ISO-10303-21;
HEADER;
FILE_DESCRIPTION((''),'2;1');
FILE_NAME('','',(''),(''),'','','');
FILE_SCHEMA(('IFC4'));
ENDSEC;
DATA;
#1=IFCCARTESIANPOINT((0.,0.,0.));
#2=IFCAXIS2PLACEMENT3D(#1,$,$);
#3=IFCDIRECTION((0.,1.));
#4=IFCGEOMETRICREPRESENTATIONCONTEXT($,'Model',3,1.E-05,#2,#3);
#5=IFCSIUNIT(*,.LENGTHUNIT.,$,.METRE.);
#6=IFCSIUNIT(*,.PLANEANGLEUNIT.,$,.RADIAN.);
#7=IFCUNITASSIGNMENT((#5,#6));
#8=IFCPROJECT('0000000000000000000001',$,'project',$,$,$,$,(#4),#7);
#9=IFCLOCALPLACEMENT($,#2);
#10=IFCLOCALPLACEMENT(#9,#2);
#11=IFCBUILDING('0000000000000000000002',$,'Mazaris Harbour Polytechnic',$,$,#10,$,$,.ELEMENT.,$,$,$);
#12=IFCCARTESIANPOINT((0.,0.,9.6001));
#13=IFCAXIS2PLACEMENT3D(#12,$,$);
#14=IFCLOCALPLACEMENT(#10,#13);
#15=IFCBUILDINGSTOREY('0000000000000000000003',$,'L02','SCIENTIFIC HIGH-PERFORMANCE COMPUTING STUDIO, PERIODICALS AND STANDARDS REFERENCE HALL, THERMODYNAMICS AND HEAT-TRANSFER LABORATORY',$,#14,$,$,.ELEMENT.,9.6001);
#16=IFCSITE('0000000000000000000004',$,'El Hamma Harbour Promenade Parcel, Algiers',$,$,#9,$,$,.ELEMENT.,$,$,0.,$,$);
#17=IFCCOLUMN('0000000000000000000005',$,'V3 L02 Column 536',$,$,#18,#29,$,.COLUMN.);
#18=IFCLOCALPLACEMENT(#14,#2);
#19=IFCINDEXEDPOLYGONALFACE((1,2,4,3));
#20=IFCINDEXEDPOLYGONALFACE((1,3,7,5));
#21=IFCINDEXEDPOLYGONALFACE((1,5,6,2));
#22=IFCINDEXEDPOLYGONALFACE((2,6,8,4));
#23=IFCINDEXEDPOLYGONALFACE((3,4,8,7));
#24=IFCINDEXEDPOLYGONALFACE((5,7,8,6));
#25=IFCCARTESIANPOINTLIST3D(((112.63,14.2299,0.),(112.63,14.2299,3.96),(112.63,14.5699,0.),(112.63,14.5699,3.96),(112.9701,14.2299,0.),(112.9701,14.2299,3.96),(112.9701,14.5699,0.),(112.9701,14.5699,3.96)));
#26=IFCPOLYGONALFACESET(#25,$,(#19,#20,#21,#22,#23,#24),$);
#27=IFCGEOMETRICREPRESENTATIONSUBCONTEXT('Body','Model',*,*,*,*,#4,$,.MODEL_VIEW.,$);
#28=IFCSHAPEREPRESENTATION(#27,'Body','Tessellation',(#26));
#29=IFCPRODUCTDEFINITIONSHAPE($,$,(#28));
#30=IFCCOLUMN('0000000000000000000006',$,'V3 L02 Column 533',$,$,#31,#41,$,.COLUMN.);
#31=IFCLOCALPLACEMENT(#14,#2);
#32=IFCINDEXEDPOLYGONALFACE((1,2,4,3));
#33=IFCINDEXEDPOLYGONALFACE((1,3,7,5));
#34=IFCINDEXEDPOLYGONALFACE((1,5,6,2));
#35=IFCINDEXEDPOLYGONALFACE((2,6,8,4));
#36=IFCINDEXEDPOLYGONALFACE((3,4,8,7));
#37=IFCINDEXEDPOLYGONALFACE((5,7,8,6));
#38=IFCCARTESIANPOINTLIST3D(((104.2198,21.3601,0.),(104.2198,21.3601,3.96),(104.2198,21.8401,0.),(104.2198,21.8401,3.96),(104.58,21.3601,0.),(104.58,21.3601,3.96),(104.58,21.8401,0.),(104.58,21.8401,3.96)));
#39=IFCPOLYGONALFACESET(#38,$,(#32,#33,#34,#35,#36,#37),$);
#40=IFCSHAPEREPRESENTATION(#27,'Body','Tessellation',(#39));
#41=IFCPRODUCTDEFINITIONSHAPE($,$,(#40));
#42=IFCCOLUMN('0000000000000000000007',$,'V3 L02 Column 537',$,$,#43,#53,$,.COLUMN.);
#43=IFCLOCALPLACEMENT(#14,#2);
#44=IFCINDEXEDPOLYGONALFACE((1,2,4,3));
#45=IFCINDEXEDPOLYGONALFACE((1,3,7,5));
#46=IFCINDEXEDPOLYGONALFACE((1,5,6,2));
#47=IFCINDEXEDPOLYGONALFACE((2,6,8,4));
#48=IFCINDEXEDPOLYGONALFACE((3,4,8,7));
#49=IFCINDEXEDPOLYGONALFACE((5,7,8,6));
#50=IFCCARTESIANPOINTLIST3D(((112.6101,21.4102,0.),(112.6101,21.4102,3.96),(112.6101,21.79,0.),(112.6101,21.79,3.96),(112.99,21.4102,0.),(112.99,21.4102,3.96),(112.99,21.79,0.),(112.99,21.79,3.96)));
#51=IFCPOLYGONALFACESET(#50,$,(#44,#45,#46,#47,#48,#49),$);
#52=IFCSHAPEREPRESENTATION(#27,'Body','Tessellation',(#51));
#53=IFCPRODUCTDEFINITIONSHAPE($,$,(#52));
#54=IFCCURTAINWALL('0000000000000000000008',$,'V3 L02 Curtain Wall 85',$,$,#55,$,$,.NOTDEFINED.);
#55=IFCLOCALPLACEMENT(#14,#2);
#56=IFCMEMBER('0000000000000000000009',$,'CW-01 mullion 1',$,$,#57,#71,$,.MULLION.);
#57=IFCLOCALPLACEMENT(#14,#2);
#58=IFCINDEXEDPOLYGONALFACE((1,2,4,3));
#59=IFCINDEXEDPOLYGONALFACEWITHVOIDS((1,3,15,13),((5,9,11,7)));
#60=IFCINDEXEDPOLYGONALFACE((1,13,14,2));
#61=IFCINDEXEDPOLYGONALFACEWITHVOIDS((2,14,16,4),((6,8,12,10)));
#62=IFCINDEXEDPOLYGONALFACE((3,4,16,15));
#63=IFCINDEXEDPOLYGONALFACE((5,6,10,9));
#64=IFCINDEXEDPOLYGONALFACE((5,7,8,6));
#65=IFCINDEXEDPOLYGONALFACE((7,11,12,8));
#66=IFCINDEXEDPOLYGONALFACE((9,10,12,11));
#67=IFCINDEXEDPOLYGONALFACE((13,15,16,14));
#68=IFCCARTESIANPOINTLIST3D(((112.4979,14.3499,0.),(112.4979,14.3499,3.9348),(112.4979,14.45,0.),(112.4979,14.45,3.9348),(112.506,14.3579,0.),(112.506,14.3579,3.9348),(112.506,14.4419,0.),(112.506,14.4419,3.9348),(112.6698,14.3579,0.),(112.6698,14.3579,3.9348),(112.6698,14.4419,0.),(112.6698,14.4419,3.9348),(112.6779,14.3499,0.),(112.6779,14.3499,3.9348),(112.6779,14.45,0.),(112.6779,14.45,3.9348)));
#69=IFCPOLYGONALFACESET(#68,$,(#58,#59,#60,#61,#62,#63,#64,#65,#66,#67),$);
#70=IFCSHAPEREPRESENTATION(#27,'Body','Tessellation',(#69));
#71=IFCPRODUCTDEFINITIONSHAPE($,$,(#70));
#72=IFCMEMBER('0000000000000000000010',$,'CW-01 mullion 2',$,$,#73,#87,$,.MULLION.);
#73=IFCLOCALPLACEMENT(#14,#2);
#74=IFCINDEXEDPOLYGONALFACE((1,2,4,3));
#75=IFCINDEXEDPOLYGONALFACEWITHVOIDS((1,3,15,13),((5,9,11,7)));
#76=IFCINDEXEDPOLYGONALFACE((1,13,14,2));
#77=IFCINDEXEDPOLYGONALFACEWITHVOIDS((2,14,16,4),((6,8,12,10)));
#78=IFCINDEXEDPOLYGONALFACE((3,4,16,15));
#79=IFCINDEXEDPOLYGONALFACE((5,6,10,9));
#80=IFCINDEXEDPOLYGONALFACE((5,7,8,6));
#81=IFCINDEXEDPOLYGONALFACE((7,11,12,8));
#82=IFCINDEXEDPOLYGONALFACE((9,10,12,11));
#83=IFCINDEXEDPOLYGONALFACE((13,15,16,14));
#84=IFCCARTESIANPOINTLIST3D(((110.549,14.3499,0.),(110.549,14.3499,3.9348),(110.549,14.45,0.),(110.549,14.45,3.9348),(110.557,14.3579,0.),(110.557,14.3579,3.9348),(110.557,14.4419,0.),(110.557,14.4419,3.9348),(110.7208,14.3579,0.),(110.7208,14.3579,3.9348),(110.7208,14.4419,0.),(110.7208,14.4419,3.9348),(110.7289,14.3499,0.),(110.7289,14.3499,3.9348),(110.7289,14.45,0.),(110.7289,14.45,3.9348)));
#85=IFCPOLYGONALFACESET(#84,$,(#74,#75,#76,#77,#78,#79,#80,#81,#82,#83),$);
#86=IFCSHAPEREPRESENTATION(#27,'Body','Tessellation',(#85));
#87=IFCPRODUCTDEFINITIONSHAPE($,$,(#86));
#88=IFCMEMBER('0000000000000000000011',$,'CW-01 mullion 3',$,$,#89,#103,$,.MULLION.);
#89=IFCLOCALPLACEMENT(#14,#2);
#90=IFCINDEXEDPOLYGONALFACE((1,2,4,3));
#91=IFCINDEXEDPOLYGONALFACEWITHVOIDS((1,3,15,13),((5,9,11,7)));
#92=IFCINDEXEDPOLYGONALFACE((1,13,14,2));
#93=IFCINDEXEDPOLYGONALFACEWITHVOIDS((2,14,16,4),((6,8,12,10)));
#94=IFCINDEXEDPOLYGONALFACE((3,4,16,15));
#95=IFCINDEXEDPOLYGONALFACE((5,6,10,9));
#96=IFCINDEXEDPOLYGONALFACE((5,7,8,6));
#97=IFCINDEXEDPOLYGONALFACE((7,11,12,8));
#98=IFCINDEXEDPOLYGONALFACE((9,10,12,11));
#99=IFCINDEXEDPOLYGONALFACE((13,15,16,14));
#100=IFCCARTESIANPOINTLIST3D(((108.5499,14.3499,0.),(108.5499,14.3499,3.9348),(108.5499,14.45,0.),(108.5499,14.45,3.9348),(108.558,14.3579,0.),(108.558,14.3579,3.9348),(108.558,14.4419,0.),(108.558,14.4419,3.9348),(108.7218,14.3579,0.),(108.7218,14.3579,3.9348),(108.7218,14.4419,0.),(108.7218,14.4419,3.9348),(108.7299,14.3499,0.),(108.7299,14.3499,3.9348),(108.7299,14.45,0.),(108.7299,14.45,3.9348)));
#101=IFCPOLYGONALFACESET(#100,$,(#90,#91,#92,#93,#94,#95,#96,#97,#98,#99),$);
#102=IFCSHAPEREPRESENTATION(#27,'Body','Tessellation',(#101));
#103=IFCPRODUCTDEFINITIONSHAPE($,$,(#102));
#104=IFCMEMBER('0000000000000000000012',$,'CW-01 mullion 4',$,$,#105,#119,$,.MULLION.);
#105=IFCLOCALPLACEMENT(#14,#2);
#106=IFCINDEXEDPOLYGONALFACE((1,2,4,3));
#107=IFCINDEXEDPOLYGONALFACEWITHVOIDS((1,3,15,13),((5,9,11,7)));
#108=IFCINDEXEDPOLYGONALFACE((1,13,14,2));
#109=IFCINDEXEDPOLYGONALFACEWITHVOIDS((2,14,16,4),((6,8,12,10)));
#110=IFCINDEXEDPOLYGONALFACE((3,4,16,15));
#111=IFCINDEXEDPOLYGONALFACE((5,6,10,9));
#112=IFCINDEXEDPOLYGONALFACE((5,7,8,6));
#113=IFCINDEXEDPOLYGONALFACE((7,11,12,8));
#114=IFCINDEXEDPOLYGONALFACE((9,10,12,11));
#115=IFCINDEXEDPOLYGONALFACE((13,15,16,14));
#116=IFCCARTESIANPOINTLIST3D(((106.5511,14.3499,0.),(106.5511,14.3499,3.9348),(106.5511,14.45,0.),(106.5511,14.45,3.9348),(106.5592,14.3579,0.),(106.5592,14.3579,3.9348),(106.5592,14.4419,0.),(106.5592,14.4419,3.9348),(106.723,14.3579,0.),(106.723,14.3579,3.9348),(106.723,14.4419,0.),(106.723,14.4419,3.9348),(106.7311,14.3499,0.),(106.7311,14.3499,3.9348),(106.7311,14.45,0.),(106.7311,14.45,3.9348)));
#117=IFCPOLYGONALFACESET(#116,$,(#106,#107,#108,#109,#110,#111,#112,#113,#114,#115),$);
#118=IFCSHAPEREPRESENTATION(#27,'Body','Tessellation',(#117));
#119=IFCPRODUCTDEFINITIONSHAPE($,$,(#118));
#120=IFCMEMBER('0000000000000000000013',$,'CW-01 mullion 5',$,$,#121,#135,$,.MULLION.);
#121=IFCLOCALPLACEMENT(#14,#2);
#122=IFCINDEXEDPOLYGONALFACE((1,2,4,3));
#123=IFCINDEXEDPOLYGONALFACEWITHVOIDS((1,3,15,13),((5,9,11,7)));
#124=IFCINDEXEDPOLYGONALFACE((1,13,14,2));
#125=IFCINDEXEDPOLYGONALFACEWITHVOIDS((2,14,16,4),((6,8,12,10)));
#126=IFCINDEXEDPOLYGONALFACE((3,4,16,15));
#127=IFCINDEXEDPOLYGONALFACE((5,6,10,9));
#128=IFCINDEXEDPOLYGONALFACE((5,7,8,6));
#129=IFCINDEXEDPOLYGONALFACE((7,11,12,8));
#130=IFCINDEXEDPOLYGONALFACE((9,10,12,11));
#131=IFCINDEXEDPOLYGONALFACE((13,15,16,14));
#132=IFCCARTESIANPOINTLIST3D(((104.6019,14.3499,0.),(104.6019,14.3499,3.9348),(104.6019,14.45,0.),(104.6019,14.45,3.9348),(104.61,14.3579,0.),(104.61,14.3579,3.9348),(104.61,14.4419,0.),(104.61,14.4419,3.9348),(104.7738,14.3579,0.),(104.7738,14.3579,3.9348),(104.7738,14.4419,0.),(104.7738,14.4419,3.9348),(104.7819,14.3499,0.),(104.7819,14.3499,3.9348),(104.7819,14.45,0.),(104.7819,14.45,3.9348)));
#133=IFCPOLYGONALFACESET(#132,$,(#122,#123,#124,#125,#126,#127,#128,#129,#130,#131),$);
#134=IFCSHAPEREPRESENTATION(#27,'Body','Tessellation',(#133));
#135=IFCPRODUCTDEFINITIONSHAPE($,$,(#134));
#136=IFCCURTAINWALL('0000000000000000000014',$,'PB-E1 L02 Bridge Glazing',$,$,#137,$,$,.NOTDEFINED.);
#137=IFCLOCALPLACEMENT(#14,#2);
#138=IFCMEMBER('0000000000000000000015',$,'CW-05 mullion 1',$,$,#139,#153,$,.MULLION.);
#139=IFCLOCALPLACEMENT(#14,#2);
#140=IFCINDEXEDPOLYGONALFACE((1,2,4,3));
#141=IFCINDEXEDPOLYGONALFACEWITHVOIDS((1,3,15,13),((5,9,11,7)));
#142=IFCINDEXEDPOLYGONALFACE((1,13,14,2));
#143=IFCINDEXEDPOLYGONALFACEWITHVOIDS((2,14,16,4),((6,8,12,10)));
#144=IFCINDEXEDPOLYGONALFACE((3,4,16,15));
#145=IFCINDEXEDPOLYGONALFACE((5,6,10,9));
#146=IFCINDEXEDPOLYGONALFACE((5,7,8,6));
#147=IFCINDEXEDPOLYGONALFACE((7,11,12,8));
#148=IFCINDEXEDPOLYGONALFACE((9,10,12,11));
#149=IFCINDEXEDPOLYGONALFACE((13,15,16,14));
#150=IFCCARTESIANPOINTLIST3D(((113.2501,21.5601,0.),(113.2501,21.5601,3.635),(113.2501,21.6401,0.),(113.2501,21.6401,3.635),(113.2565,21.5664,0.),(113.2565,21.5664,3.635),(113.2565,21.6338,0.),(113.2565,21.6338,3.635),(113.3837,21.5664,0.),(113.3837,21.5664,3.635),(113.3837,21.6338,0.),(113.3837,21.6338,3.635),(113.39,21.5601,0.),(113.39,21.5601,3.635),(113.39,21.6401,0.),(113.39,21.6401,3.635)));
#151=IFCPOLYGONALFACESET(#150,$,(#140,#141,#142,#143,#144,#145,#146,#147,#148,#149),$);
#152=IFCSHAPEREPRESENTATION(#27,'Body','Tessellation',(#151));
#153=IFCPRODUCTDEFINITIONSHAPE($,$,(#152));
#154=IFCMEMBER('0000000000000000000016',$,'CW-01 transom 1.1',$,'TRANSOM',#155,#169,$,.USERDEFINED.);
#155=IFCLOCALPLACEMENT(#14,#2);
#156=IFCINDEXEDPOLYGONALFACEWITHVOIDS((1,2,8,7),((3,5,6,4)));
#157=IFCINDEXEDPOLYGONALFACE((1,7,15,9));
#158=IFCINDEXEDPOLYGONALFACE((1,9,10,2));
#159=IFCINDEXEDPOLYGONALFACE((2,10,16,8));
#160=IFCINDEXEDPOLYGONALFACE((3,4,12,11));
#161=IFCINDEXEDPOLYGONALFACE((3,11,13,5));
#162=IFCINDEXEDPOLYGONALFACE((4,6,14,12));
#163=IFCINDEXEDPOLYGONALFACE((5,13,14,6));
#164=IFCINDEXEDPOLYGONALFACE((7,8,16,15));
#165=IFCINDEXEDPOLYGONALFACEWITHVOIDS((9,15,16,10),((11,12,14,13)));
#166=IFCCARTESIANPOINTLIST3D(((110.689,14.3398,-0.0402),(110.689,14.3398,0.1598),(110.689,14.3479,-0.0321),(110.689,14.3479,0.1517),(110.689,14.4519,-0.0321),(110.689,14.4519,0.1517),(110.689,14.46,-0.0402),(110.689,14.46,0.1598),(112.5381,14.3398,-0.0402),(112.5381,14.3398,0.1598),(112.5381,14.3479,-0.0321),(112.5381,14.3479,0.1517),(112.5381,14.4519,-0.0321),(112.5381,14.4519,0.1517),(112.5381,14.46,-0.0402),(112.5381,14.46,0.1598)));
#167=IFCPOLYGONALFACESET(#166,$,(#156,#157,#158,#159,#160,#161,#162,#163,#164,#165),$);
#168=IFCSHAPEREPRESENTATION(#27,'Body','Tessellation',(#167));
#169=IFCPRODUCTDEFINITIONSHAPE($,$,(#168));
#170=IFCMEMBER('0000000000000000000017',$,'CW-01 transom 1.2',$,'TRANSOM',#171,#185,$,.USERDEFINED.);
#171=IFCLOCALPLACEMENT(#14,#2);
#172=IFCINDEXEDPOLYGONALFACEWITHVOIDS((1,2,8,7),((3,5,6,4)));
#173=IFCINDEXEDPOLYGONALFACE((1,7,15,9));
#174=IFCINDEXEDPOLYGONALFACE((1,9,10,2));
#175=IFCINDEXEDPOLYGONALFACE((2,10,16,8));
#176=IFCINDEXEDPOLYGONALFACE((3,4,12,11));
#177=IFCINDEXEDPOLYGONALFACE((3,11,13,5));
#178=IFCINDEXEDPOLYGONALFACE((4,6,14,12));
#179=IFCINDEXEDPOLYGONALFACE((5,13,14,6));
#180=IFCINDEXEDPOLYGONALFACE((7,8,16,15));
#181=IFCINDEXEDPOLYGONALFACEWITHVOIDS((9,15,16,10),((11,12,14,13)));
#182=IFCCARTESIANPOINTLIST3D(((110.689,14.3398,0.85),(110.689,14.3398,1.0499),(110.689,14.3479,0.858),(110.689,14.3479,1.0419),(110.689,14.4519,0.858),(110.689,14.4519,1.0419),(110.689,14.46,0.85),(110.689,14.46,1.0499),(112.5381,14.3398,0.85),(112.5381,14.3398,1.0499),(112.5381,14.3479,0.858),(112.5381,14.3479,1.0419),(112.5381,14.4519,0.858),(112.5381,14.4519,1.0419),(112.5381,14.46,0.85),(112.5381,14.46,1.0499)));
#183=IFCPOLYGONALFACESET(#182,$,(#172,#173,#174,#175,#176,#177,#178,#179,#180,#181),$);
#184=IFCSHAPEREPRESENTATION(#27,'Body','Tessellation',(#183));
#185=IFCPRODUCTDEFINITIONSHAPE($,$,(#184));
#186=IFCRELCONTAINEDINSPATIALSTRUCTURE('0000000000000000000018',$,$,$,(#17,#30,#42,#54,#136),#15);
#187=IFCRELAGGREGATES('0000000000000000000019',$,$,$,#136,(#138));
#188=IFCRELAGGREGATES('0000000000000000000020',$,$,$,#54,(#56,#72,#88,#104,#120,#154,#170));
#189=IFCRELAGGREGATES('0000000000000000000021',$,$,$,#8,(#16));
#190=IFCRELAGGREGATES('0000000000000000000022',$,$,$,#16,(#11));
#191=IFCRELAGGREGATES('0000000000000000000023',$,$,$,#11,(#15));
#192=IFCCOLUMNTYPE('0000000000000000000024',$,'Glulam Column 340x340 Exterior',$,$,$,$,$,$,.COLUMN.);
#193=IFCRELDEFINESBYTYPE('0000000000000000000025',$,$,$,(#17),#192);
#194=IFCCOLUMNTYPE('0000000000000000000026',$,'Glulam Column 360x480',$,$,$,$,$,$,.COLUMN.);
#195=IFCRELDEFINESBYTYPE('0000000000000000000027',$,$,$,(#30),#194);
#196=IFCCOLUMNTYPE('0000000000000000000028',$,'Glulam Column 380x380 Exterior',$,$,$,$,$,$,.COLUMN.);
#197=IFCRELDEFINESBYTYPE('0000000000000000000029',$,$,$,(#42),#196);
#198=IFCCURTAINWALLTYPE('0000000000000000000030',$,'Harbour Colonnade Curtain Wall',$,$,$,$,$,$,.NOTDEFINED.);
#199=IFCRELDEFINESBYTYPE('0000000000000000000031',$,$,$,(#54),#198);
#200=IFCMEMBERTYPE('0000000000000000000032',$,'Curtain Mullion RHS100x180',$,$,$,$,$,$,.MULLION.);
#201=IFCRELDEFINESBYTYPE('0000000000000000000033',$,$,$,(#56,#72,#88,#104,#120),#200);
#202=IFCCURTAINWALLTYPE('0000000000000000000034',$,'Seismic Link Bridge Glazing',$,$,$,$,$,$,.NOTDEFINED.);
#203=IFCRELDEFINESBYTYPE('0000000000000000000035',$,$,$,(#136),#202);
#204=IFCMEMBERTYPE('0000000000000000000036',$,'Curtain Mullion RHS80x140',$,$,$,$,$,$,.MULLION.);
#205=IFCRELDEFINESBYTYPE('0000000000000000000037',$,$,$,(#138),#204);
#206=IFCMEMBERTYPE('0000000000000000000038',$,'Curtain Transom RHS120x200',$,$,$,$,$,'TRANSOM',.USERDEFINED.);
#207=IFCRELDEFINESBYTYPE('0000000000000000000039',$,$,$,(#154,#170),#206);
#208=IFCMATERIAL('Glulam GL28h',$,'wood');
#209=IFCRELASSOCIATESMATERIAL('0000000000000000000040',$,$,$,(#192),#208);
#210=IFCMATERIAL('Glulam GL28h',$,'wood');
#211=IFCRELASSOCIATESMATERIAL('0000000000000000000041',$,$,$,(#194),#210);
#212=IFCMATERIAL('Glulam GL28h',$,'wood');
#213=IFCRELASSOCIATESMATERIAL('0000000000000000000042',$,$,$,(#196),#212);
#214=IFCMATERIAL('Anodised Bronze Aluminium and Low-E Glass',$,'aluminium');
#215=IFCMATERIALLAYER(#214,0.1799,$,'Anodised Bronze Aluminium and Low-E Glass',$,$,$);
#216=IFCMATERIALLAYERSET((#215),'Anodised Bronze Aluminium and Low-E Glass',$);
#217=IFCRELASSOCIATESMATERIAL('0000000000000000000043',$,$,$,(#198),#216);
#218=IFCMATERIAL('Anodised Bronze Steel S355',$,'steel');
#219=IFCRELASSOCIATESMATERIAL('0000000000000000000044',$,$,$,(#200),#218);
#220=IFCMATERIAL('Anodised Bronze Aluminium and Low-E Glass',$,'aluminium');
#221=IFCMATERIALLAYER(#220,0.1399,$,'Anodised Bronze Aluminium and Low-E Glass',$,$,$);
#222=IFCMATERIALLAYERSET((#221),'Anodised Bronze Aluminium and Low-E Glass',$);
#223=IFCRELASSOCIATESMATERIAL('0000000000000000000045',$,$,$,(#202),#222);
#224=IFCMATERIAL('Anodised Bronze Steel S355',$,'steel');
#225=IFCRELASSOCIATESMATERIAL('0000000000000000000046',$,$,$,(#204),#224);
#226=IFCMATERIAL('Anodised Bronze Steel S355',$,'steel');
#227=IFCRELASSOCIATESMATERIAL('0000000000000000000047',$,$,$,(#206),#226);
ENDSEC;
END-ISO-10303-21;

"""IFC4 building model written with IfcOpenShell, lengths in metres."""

from ifc_helpers import new_model, si_unit, direction, frame, origin, origin_2d, place, context, subcontext, project, spatial, rectangle, hollow_rectangle, extrude, material, layer, layer_set, material_profile, profile_set, type_object, element, aggregate, save


model = new_model("IFC4")

# Units and contexts
model_context = context("Model", 3, precision=1e-05, world=origin(), true_north=direction((0.0, 1.0)))
body_context = subcontext(model_context, "Body", "Model", "MODEL_VIEW")
ifc_project = project(units=[si_unit("LENGTHUNIT", "METRE"), si_unit("PLANEANGLEUNIT", "RADIAN")], contexts=[model_context])

# Site, building, storey
site_placement = place(None, origin())
site = spatial("IfcSite", under=ifc_project, at=site_placement, Name="El Hamma Harbour Promenade Parcel, Algiers", CompositionType="ELEMENT", RefElevation=0.0)
building_placement = place(site_placement, origin())
building = spatial("IfcBuilding", under=site, at=building_placement, Name="Mazaris Harbour Polytechnic", CompositionType="ELEMENT")
storey_placement = place(building_placement, frame((0.0, 0.0, 9.6001)))
storey = spatial("IfcBuildingStorey", under=building, at=storey_placement, Name="L02", Description="SCIENTIFIC HIGH-PERFORMANCE COMPUTING STUDIO, PERIODICALS AND STANDARDS REFERENCE HALL, THERMODYNAMICS AND HEAT-TRANSFER LABORATORY", CompositionType="ELEMENT", Elevation=9.6001)

# Columns
ifc_material_1 = material(Name="Glulam GL28h", Category="wood")
ifc_material_profile_1 = material_profile(ifc_material_1, rectangle(XDim=0.3401, YDim=0.3401, at=origin_2d()), Name="RECT340x340")
ifc_profile_set_1 = profile_set([ifc_material_profile_1], Name="Glulam GL28h")
column_type_1 = type_object("IfcColumnType", Name="Glulam Column 340x340 Exterior", PredefinedType="COLUMN", material=ifc_profile_set_1)
column_1_placement = place(storey_placement, frame((112.8, 14.3999, 0.0), z_axis=(0.0, 0.0, 1.0), x_axis=(1.0, 0.0, 0.0)))
element("IfcColumn", 1, at=column_1_placement, inside=storey, type_object=column_type_1, Name="V3 L02 Column 536", PredefinedType="COLUMN", context=body_context, shape_type="SweptSolid", body=[
    extrude(rectangle(XDim=0.3401, YDim=0.3401, at=origin_2d()), origin(), (0.0, 0.0, 1.0), 3.96),
])
ifc_material_2 = material(Name="Glulam GL28h", Category="wood")
ifc_material_profile_2 = material_profile(ifc_material_2, rectangle(XDim=0.3601, YDim=0.48, at=origin_2d()), Name="RECT360x480")
ifc_profile_set_2 = profile_set([ifc_material_profile_2], Name="Glulam GL28h")
column_type_2 = type_object("IfcColumnType", Name="Glulam Column 360x480", PredefinedType="COLUMN", material=ifc_profile_set_2)
column_2_placement = place(storey_placement, frame((104.3999, 21.6001, 0.0), z_axis=(0.0, 0.0, 1.0), x_axis=(1.0, 0.0, 0.0)))
element("IfcColumn", 2, at=column_2_placement, inside=storey, type_object=column_type_2, Name="V3 L02 Column 533", PredefinedType="COLUMN", context=body_context, shape_type="SweptSolid", body=[
    extrude(rectangle(XDim=0.3601, YDim=0.48, at=origin_2d()), origin(), (0.0, 0.0, 1.0), 3.96),
])
ifc_material_3 = material(Name="Glulam GL28h", Category="wood")
ifc_material_profile_3 = material_profile(ifc_material_3, rectangle(XDim=0.3799, YDim=0.3799, at=origin_2d()), Name="RECT380x380")
ifc_profile_set_3 = profile_set([ifc_material_profile_3], Name="Glulam GL28h")
column_type_3 = type_object("IfcColumnType", Name="Glulam Column 380x380 Exterior", PredefinedType="COLUMN", material=ifc_profile_set_3)
column_3_placement = place(storey_placement, frame((112.8, 21.6001, 0.0), z_axis=(0.0, 0.0, 1.0), x_axis=(1.0, 0.0, 0.0)))
element("IfcColumn", 3, at=column_3_placement, inside=storey, type_object=column_type_3, Name="V3 L02 Column 537", PredefinedType="COLUMN", context=body_context, shape_type="SweptSolid", body=[
    extrude(rectangle(XDim=0.3799, YDim=0.3799, at=origin_2d()), origin(), (0.0, 0.0, 1.0), 3.96),
])

# Curtain wall, members
ifc_material_4 = material(Name="Anodised Bronze Aluminium and Low-E Glass", Category="aluminium")
ifc_layer_1 = layer(ifc_material_4, 0.1799, Name="Anodised Bronze Aluminium and Low-E Glass")
ifc_layer_set_1 = layer_set([ifc_layer_1], Name="Anodised Bronze Aluminium and Low-E Glass")
curtain_wall_type_1 = type_object("IfcCurtainWallType", Name="Harbour Colonnade Curtain Wall", PredefinedType="NOTDEFINED", material=ifc_layer_set_1)
curtain_wall_1_placement = place(storey_placement, origin())
curtain_wall_1 = element("IfcCurtainWall", 4, at=curtain_wall_1_placement, inside=storey, type_object=curtain_wall_type_1, Name="V3 L02 Curtain Wall 85", PredefinedType="NOTDEFINED")
ifc_material_5 = material(Name="Anodised Bronze Steel S355", Category="steel")
ifc_material_profile_4 = material_profile(ifc_material_5, hollow_rectangle(XDim=0.1001, YDim=0.1799, WallThickness=0.0081, at=origin_2d()), Name="RHS 100x180x8.0")
ifc_profile_set_4 = profile_set([ifc_material_profile_4], Name="Anodised Bronze Steel S355")
member_type_1 = type_object("IfcMemberType", Name="Curtain Mullion RHS100x180", PredefinedType="MULLION", material=ifc_profile_set_4)
member_1_placement = place(storey_placement, frame((112.5879, 14.3999, 0.0), z_axis=(0.0, 0.0, 1.0), x_axis=(0.0, -1.0, 0.0)))
member_1 = element("IfcMember", 5, at=member_1_placement, type_object=member_type_1, Name="CW-01 mullion 1", PredefinedType="MULLION", context=body_context, shape_type="SweptSolid", body=[
    extrude(hollow_rectangle(XDim=0.1001, YDim=0.1799, WallThickness=0.0081, at=origin_2d()), origin(), (0.0, 0.0, 1.0), 3.9348),
])
member_2_placement = place(storey_placement, frame((110.6389, 14.3999, 0.0), z_axis=(0.0, 0.0, 1.0), x_axis=(0.0, -1.0, 0.0)))
member_2 = element("IfcMember", 6, at=member_2_placement, type_object=member_type_1, Name="CW-01 mullion 2", PredefinedType="MULLION", context=body_context, shape_type="SweptSolid", body=[
    extrude(hollow_rectangle(XDim=0.1001, YDim=0.1799, WallThickness=0.0081, at=origin_2d()), origin(), (0.0, 0.0, 1.0), 3.9348),
])
member_3_placement = place(storey_placement, frame((108.6399, 14.3999, 0.0), z_axis=(0.0, 0.0, 1.0), x_axis=(0.0, -1.0, 0.0)))
member_3 = element("IfcMember", 7, at=member_3_placement, type_object=member_type_1, Name="CW-01 mullion 3", PredefinedType="MULLION", context=body_context, shape_type="SweptSolid", body=[
    extrude(hollow_rectangle(XDim=0.1001, YDim=0.1799, WallThickness=0.0081, at=origin_2d()), origin(), (0.0, 0.0, 1.0), 3.9348),
])
member_4_placement = place(storey_placement, frame((106.6411, 14.3999, 0.0), z_axis=(0.0, 0.0, 1.0), x_axis=(0.0, -1.0, 0.0)))
member_4 = element("IfcMember", 8, at=member_4_placement, type_object=member_type_1, Name="CW-01 mullion 4", PredefinedType="MULLION", context=body_context, shape_type="SweptSolid", body=[
    extrude(hollow_rectangle(XDim=0.1001, YDim=0.1799, WallThickness=0.0081, at=origin_2d()), origin(), (0.0, 0.0, 1.0), 3.9348),
])
member_5_placement = place(storey_placement, frame((104.6919, 14.3999, 0.0), z_axis=(0.0, 0.0, 1.0), x_axis=(0.0, -1.0, 0.0)))
member_5 = element("IfcMember", 9, at=member_5_placement, type_object=member_type_1, Name="CW-01 mullion 5", PredefinedType="MULLION", context=body_context, shape_type="SweptSolid", body=[
    extrude(hollow_rectangle(XDim=0.1001, YDim=0.1799, WallThickness=0.0081, at=origin_2d()), origin(), (0.0, 0.0, 1.0), 3.9348),
])

# Curtain wall, member
ifc_material_6 = material(Name="Anodised Bronze Aluminium and Low-E Glass", Category="aluminium")
ifc_layer_2 = layer(ifc_material_6, 0.1399, Name="Anodised Bronze Aluminium and Low-E Glass")
ifc_layer_set_2 = layer_set([ifc_layer_2], Name="Anodised Bronze Aluminium and Low-E Glass")
curtain_wall_type_2 = type_object("IfcCurtainWallType", Name="Seismic Link Bridge Glazing", PredefinedType="NOTDEFINED", material=ifc_layer_set_2)
curtain_wall_2_placement = place(storey_placement, origin())
curtain_wall_2 = element("IfcCurtainWall", 10, at=curtain_wall_2_placement, inside=storey, type_object=curtain_wall_type_2, Name="PB-E1 L02 Bridge Glazing", PredefinedType="NOTDEFINED")
ifc_material_7 = material(Name="Anodised Bronze Steel S355", Category="steel")
ifc_material_profile_5 = material_profile(ifc_material_7, hollow_rectangle(XDim=0.0801, YDim=0.1399, WallThickness=0.0063, at=origin_2d()), Name="RHS 80x140x6.3")
ifc_profile_set_5 = profile_set([ifc_material_profile_5], Name="Anodised Bronze Steel S355")
member_type_2 = type_object("IfcMemberType", Name="Curtain Mullion RHS80x140", PredefinedType="MULLION", material=ifc_profile_set_5)
member_6_placement = place(storey_placement, frame((113.3201, 21.6001, 0.0), z_axis=(0.0, 0.0, 1.0), x_axis=(0.0, 1.0, 0.0)))
member_6 = element("IfcMember", 11, at=member_6_placement, type_object=member_type_2, Name="CW-05 mullion 1", PredefinedType="MULLION", context=body_context, shape_type="SweptSolid", body=[
    extrude(hollow_rectangle(XDim=0.0801, YDim=0.1399, WallThickness=0.0063, at=origin_2d()), origin(), (0.0, 0.0, 1.0), 3.635),
])

# Members
ifc_material_8 = material(Name="Anodised Bronze Steel S355", Category="steel")
ifc_material_profile_6 = material_profile(ifc_material_8, hollow_rectangle(XDim=0.1201, YDim=0.2, WallThickness=0.0081, at=origin_2d()), Name="RHS 120x200x8.0")
ifc_profile_set_6 = profile_set([ifc_material_profile_6], Name="Anodised Bronze Steel S355")
member_type_3 = type_object("IfcMemberType", Name="Curtain Transom RHS120x200", ElementType="TRANSOM", PredefinedType="USERDEFINED", material=ifc_profile_set_6)
member_7_placement = place(storey_placement, frame((112.5381, 14.3999, 0.0598), z_axis=(-1.0, 0.0, 0.0), x_axis=(0.0, -1.0, 0.0)))
member_7 = element("IfcMember", 12, at=member_7_placement, type_object=member_type_3, Name="CW-01 transom 1.1", ObjectType="TRANSOM", PredefinedType="USERDEFINED", context=body_context, shape_type="SweptSolid", body=[
    extrude(hollow_rectangle(XDim=0.1201, YDim=0.2, WallThickness=0.0081, at=origin_2d()), origin(), (0.0, 0.0, 1.0), 1.8491),
])
member_8_placement = place(storey_placement, frame((112.5381, 14.3999, 0.95), z_axis=(-1.0, 0.0, 0.0), x_axis=(0.0, -1.0, 0.0)))
member_8 = element("IfcMember", 13, at=member_8_placement, type_object=member_type_3, Name="CW-01 transom 1.2", ObjectType="TRANSOM", PredefinedType="USERDEFINED", context=body_context, shape_type="SweptSolid", body=[
    extrude(hollow_rectangle(XDim=0.1201, YDim=0.2, WallThickness=0.0081, at=origin_2d()), origin(), (0.0, 0.0, 1.0), 1.8491),
])
aggregate(curtain_wall_2, [member_6])

aggregate(curtain_wall_1, [member_1, member_2, member_3, member_4, member_5, member_7, member_8])

save(model, "model.ifc")
